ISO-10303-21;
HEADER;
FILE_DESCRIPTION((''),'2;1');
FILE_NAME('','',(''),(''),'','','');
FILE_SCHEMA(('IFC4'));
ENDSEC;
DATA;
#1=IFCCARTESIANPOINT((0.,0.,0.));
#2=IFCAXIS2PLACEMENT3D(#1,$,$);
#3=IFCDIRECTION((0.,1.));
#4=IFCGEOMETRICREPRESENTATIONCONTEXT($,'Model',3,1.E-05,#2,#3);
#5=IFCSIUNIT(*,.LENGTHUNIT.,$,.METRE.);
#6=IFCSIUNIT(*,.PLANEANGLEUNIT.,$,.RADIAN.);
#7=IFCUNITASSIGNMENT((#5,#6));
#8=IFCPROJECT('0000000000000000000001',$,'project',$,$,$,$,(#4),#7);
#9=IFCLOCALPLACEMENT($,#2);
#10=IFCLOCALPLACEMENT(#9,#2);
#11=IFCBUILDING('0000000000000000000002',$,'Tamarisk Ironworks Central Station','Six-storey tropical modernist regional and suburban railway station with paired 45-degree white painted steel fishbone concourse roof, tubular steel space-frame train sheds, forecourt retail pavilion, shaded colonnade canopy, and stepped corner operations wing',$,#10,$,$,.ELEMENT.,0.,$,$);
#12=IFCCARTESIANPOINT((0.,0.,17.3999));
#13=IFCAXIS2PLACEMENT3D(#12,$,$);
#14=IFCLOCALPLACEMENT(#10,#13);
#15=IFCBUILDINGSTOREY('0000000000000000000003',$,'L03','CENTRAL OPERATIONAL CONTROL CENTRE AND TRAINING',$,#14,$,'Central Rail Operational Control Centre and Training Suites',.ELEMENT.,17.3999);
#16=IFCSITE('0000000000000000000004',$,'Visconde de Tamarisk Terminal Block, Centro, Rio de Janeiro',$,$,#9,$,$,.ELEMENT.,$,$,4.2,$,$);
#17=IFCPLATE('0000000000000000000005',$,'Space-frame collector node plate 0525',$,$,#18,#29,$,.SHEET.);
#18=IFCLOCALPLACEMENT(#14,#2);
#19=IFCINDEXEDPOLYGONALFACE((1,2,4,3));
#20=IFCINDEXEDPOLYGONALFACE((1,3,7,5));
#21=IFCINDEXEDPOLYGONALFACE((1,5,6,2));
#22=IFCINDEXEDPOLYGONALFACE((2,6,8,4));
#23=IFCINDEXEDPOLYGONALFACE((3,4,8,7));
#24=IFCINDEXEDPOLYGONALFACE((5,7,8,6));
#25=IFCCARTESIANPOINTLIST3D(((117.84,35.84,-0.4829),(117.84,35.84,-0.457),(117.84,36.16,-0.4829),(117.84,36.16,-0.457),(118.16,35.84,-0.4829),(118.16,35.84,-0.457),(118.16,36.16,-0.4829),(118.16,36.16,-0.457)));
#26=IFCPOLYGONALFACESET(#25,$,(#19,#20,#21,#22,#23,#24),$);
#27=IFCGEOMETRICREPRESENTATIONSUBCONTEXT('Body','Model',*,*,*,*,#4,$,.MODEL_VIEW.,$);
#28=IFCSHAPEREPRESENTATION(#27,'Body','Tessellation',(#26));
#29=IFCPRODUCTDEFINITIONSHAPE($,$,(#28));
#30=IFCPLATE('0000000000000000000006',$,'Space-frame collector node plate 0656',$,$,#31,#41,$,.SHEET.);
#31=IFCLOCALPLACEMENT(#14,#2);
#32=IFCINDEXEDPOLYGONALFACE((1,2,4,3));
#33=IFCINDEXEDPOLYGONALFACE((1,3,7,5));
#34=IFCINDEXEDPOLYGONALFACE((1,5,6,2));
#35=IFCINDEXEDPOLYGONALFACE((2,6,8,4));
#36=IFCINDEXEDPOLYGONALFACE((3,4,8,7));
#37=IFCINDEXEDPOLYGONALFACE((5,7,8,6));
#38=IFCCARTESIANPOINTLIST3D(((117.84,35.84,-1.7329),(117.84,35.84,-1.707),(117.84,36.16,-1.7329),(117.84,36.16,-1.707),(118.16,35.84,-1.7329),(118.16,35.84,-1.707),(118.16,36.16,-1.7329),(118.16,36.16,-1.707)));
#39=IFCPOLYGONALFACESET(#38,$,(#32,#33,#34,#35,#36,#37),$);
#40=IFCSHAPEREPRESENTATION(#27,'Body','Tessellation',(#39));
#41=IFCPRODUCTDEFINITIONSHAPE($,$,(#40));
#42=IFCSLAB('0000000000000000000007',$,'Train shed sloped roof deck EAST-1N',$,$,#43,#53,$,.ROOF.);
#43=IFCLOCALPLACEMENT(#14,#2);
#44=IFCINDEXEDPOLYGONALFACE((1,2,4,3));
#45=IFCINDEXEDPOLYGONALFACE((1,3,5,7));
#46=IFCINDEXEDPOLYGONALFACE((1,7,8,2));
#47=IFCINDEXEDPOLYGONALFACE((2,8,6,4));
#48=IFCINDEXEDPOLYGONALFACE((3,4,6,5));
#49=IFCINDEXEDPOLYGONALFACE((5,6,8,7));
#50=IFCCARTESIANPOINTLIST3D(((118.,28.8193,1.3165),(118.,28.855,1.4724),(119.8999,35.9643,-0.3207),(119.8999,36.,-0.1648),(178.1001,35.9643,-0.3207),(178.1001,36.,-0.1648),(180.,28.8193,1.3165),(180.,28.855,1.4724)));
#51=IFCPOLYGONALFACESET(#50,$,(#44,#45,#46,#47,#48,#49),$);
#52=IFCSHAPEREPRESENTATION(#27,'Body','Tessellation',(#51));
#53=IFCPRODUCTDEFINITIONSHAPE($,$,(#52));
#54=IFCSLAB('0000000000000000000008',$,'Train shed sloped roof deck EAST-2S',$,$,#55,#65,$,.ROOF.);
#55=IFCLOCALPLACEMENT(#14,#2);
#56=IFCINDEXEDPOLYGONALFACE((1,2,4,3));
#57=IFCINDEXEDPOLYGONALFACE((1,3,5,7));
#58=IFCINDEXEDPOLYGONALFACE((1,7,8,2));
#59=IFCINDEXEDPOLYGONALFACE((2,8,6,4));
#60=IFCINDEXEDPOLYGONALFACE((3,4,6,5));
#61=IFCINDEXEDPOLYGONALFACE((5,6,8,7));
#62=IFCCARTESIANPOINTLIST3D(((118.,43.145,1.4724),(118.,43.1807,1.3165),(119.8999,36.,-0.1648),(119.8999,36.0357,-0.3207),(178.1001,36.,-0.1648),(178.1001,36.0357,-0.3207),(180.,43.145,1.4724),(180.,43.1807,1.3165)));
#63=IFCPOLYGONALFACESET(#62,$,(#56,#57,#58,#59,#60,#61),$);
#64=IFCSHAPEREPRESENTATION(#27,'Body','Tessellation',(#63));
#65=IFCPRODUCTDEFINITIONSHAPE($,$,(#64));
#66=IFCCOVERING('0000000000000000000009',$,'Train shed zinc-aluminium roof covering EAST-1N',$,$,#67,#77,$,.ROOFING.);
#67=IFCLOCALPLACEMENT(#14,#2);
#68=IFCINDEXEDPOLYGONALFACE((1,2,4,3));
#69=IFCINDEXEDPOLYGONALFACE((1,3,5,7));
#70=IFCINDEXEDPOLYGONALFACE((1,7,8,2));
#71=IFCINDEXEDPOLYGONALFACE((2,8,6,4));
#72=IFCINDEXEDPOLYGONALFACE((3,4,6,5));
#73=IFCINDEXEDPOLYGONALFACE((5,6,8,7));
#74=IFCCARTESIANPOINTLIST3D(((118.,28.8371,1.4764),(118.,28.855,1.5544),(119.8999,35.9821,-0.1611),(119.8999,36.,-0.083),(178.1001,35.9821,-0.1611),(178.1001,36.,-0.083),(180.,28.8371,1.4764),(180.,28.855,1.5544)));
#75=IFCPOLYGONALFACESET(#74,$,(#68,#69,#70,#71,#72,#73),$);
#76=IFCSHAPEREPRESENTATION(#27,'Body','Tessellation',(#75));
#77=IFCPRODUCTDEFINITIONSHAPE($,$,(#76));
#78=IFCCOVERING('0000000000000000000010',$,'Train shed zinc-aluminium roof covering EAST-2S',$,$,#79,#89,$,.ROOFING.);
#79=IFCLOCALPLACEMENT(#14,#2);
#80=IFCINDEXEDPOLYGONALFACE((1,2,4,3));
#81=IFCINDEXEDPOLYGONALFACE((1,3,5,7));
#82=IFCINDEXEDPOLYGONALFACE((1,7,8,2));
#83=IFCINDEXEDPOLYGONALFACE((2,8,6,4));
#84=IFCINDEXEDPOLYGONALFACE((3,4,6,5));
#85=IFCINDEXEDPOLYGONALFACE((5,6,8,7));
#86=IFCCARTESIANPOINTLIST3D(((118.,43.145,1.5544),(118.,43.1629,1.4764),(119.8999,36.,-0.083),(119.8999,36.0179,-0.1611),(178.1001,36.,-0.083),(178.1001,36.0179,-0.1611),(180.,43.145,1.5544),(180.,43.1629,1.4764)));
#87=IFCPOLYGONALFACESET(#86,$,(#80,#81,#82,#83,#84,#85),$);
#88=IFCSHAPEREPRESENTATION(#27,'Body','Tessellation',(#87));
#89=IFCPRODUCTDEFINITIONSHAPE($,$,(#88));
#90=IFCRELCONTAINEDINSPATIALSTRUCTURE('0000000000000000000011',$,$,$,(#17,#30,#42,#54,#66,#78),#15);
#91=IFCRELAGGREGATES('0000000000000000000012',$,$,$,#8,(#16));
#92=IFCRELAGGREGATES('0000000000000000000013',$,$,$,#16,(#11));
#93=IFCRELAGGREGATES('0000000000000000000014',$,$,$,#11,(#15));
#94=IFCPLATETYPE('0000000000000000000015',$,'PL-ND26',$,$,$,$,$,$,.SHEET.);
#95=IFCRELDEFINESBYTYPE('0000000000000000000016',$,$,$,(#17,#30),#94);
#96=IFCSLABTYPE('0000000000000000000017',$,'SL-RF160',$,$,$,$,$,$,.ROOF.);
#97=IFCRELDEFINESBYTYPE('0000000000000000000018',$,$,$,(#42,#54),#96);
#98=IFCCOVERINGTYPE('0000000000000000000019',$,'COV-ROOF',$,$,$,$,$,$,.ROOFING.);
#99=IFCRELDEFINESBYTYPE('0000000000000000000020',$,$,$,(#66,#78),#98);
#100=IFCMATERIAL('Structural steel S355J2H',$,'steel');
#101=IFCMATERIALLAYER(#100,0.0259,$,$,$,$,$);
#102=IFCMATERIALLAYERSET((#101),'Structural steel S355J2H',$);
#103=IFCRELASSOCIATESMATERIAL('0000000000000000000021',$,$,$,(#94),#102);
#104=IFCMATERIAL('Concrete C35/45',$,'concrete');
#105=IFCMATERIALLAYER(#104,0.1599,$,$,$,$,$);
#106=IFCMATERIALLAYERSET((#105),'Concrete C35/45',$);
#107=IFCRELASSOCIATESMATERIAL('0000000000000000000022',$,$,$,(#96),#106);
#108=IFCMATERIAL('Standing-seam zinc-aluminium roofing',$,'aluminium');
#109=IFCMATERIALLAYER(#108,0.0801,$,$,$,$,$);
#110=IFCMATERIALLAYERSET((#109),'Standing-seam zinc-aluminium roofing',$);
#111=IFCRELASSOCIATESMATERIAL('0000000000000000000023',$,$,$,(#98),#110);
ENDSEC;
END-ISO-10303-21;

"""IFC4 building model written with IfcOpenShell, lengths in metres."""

from ifc_helpers import new_model, si_unit, direction, frame, origin, origin_2d, place, context, subcontext, project, spatial, polyline, rectangle, outline, extrude, material, layer, layer_set, type_object, element, save


model = new_model("IFC4")

# Units and contexts
model_context = context("Model", 3, precision=1e-05, world=origin(), true_north=direction((0.0, 1.0)))
body_context = subcontext(model_context, "Body", "Model", "MODEL_VIEW")
ifc_project = project(units=[si_unit("LENGTHUNIT", "METRE"), si_unit("PLANEANGLEUNIT", "RADIAN")], contexts=[model_context])

# Site, building, storey
site_placement = place(None, origin())
site = spatial("IfcSite", under=ifc_project, at=site_placement, Name="Visconde de Tamarisk Terminal Block, Centro, Rio de Janeiro", CompositionType="ELEMENT", RefElevation=4.2)
building_placement = place(site_placement, origin())
building = spatial("IfcBuilding", under=site, at=building_placement, Name="Tamarisk Ironworks Central Station", Description="Six-storey tropical modernist regional and suburban railway station with paired 45-degree white painted steel fishbone concourse roof, tubular steel space-frame train sheds, forecourt retail pavilion, shaded colonnade canopy, and stepped corner operations wing", CompositionType="ELEMENT", ElevationOfRefHeight=0.0)
storey_placement = place(building_placement, frame((0.0, 0.0, 17.3999)))
storey = spatial("IfcBuildingStorey", under=building, at=storey_placement, Name="L03", Description="CENTRAL OPERATIONAL CONTROL CENTRE AND TRAINING", LongName="Central Rail Operational Control Centre and Training Suites", CompositionType="ELEMENT", Elevation=17.3999)

# Shared definitions
ifc_material_1 = material(Name="Structural steel S355J2H", Category="steel")

# Plates
ifc_layer_1 = layer(ifc_material_1, 0.0259)
ifc_layer_set_1 = layer_set([ifc_layer_1], Name="Structural steel S355J2H")
plate_type = type_object("IfcPlateType", Name="PL-ND26", PredefinedType="SHEET", material=ifc_layer_set_1)
for number, where, z_axis, x_axis, name in (
    (1, (118.0, 36.0, -0.4829), (0.0, 0.0, 1.0), (1.0, 0.0, 0.0), "Space-frame collector node plate 0525"),
    (2, (118.0, 36.0, -1.7329), (0.0, 0.0, 1.0), (1.0, 0.0, 0.0), "Space-frame collector node plate 0656"),
):
    element("IfcPlate", number, at=place(storey_placement, frame(where, z_axis=z_axis, x_axis=x_axis)), inside=storey, type_object=plate_type, Name=name, PredefinedType="SHEET", context=body_context, shape_type="SweptSolid", body=[
        extrude(rectangle(XDim=0.3201, YDim=0.3201, at=origin_2d()), origin(), (0.0, 0.0, 1.0), 0.0259),
    ])

# Slabs
ifc_material_2 = material(Name="Concrete C35/45", Category="concrete")
ifc_layer_2 = layer(ifc_material_2, 0.1599)
ifc_layer_set_2 = layer_set([ifc_layer_2], Name="Concrete C35/45")
slab_type = type_object("IfcSlabType", Name="SL-RF160", PredefinedType="ROOF", material=ifc_layer_set_2)
slab_1_placement = place(storey_placement, frame((118.0, 28.855, 1.4724), z_axis=(0.0, 0.223351, 0.974738), x_axis=(1.0, 0.0, 0.0)))
element("IfcSlab", 3, at=slab_1_placement, inside=storey, type_object=slab_type, Name="Train shed sloped roof deck EAST-1N", PredefinedType="ROOF", context=body_context, shape_type="SweptSolid", body=[
    extrude(outline(polyline([(0.0, 0.0), (62.0, 0.0), (60.1001, 7.3302), (1.8999, 7.3302), (0.0, 0.0)])), origin(), (0.0, 0.0, -1.0), 0.1599),
])
slab_2_placement = place(storey_placement, frame((119.8999, 36.0, -0.1648), z_axis=(0.0, -0.223351, 0.974738), x_axis=(1.0, 0.0, 0.0)))
element("IfcSlab", 4, at=slab_2_placement, inside=storey, type_object=slab_type, Name="Train shed sloped roof deck EAST-2S", PredefinedType="ROOF", context=body_context, shape_type="SweptSolid", body=[
    extrude(outline(polyline([(0.0, 0.0), (58.2002, 0.0), (60.1001, 7.3302), (-1.8999, 7.3302), (0.0, 0.0)])), origin(), (0.0, 0.0, -1.0), 0.1599),
])

# Coverings
ifc_material_3 = material(Name="Standing-seam zinc-aluminium roofing", Category="aluminium")
ifc_layer_3 = layer(ifc_material_3, 0.0801)
ifc_layer_set_3 = layer_set([ifc_layer_3], Name="Standing-seam zinc-aluminium roofing")
covering_type = type_object("IfcCoveringType", Name="COV-ROOF", PredefinedType="ROOFING", material=ifc_layer_set_3)
covering_1_placement = place(storey_placement, frame((118.0, 28.855, 1.5544), z_axis=(0.0, 0.223383, 0.974731), x_axis=(1.0, 0.0, 0.0)))
element("IfcCovering", 5, at=covering_1_placement, inside=storey, type_object=covering_type, Name="Train shed zinc-aluminium roof covering EAST-1N", PredefinedType="ROOFING", context=body_context, shape_type="SweptSolid", body=[
    extrude(outline(polyline([(0.0, 0.0), (62.0, 0.0), (60.1001, 7.3302), (1.8999, 7.3302), (0.0, 0.0)])), origin(), (0.0, 0.0, -1.0), 0.0801),
])
covering_2_placement = place(storey_placement, frame((119.8999, 36.0, -0.083), z_axis=(0.0, -0.223383, 0.974731), x_axis=(1.0, 0.0, 0.0)))
element("IfcCovering", 6, at=covering_2_placement, inside=storey, type_object=covering_type, Name="Train shed zinc-aluminium roof covering EAST-2S", PredefinedType="ROOFING", context=body_context, shape_type="SweptSolid", body=[
    extrude(outline(polyline([(0.0, 0.0), (58.2002, 0.0), (60.1001, 7.3302), (-1.8999, 7.3302), (0.0, 0.0)])), origin(), (0.0, 0.0, -1.0), 0.0801),
])

save(model, "model.ifc")
